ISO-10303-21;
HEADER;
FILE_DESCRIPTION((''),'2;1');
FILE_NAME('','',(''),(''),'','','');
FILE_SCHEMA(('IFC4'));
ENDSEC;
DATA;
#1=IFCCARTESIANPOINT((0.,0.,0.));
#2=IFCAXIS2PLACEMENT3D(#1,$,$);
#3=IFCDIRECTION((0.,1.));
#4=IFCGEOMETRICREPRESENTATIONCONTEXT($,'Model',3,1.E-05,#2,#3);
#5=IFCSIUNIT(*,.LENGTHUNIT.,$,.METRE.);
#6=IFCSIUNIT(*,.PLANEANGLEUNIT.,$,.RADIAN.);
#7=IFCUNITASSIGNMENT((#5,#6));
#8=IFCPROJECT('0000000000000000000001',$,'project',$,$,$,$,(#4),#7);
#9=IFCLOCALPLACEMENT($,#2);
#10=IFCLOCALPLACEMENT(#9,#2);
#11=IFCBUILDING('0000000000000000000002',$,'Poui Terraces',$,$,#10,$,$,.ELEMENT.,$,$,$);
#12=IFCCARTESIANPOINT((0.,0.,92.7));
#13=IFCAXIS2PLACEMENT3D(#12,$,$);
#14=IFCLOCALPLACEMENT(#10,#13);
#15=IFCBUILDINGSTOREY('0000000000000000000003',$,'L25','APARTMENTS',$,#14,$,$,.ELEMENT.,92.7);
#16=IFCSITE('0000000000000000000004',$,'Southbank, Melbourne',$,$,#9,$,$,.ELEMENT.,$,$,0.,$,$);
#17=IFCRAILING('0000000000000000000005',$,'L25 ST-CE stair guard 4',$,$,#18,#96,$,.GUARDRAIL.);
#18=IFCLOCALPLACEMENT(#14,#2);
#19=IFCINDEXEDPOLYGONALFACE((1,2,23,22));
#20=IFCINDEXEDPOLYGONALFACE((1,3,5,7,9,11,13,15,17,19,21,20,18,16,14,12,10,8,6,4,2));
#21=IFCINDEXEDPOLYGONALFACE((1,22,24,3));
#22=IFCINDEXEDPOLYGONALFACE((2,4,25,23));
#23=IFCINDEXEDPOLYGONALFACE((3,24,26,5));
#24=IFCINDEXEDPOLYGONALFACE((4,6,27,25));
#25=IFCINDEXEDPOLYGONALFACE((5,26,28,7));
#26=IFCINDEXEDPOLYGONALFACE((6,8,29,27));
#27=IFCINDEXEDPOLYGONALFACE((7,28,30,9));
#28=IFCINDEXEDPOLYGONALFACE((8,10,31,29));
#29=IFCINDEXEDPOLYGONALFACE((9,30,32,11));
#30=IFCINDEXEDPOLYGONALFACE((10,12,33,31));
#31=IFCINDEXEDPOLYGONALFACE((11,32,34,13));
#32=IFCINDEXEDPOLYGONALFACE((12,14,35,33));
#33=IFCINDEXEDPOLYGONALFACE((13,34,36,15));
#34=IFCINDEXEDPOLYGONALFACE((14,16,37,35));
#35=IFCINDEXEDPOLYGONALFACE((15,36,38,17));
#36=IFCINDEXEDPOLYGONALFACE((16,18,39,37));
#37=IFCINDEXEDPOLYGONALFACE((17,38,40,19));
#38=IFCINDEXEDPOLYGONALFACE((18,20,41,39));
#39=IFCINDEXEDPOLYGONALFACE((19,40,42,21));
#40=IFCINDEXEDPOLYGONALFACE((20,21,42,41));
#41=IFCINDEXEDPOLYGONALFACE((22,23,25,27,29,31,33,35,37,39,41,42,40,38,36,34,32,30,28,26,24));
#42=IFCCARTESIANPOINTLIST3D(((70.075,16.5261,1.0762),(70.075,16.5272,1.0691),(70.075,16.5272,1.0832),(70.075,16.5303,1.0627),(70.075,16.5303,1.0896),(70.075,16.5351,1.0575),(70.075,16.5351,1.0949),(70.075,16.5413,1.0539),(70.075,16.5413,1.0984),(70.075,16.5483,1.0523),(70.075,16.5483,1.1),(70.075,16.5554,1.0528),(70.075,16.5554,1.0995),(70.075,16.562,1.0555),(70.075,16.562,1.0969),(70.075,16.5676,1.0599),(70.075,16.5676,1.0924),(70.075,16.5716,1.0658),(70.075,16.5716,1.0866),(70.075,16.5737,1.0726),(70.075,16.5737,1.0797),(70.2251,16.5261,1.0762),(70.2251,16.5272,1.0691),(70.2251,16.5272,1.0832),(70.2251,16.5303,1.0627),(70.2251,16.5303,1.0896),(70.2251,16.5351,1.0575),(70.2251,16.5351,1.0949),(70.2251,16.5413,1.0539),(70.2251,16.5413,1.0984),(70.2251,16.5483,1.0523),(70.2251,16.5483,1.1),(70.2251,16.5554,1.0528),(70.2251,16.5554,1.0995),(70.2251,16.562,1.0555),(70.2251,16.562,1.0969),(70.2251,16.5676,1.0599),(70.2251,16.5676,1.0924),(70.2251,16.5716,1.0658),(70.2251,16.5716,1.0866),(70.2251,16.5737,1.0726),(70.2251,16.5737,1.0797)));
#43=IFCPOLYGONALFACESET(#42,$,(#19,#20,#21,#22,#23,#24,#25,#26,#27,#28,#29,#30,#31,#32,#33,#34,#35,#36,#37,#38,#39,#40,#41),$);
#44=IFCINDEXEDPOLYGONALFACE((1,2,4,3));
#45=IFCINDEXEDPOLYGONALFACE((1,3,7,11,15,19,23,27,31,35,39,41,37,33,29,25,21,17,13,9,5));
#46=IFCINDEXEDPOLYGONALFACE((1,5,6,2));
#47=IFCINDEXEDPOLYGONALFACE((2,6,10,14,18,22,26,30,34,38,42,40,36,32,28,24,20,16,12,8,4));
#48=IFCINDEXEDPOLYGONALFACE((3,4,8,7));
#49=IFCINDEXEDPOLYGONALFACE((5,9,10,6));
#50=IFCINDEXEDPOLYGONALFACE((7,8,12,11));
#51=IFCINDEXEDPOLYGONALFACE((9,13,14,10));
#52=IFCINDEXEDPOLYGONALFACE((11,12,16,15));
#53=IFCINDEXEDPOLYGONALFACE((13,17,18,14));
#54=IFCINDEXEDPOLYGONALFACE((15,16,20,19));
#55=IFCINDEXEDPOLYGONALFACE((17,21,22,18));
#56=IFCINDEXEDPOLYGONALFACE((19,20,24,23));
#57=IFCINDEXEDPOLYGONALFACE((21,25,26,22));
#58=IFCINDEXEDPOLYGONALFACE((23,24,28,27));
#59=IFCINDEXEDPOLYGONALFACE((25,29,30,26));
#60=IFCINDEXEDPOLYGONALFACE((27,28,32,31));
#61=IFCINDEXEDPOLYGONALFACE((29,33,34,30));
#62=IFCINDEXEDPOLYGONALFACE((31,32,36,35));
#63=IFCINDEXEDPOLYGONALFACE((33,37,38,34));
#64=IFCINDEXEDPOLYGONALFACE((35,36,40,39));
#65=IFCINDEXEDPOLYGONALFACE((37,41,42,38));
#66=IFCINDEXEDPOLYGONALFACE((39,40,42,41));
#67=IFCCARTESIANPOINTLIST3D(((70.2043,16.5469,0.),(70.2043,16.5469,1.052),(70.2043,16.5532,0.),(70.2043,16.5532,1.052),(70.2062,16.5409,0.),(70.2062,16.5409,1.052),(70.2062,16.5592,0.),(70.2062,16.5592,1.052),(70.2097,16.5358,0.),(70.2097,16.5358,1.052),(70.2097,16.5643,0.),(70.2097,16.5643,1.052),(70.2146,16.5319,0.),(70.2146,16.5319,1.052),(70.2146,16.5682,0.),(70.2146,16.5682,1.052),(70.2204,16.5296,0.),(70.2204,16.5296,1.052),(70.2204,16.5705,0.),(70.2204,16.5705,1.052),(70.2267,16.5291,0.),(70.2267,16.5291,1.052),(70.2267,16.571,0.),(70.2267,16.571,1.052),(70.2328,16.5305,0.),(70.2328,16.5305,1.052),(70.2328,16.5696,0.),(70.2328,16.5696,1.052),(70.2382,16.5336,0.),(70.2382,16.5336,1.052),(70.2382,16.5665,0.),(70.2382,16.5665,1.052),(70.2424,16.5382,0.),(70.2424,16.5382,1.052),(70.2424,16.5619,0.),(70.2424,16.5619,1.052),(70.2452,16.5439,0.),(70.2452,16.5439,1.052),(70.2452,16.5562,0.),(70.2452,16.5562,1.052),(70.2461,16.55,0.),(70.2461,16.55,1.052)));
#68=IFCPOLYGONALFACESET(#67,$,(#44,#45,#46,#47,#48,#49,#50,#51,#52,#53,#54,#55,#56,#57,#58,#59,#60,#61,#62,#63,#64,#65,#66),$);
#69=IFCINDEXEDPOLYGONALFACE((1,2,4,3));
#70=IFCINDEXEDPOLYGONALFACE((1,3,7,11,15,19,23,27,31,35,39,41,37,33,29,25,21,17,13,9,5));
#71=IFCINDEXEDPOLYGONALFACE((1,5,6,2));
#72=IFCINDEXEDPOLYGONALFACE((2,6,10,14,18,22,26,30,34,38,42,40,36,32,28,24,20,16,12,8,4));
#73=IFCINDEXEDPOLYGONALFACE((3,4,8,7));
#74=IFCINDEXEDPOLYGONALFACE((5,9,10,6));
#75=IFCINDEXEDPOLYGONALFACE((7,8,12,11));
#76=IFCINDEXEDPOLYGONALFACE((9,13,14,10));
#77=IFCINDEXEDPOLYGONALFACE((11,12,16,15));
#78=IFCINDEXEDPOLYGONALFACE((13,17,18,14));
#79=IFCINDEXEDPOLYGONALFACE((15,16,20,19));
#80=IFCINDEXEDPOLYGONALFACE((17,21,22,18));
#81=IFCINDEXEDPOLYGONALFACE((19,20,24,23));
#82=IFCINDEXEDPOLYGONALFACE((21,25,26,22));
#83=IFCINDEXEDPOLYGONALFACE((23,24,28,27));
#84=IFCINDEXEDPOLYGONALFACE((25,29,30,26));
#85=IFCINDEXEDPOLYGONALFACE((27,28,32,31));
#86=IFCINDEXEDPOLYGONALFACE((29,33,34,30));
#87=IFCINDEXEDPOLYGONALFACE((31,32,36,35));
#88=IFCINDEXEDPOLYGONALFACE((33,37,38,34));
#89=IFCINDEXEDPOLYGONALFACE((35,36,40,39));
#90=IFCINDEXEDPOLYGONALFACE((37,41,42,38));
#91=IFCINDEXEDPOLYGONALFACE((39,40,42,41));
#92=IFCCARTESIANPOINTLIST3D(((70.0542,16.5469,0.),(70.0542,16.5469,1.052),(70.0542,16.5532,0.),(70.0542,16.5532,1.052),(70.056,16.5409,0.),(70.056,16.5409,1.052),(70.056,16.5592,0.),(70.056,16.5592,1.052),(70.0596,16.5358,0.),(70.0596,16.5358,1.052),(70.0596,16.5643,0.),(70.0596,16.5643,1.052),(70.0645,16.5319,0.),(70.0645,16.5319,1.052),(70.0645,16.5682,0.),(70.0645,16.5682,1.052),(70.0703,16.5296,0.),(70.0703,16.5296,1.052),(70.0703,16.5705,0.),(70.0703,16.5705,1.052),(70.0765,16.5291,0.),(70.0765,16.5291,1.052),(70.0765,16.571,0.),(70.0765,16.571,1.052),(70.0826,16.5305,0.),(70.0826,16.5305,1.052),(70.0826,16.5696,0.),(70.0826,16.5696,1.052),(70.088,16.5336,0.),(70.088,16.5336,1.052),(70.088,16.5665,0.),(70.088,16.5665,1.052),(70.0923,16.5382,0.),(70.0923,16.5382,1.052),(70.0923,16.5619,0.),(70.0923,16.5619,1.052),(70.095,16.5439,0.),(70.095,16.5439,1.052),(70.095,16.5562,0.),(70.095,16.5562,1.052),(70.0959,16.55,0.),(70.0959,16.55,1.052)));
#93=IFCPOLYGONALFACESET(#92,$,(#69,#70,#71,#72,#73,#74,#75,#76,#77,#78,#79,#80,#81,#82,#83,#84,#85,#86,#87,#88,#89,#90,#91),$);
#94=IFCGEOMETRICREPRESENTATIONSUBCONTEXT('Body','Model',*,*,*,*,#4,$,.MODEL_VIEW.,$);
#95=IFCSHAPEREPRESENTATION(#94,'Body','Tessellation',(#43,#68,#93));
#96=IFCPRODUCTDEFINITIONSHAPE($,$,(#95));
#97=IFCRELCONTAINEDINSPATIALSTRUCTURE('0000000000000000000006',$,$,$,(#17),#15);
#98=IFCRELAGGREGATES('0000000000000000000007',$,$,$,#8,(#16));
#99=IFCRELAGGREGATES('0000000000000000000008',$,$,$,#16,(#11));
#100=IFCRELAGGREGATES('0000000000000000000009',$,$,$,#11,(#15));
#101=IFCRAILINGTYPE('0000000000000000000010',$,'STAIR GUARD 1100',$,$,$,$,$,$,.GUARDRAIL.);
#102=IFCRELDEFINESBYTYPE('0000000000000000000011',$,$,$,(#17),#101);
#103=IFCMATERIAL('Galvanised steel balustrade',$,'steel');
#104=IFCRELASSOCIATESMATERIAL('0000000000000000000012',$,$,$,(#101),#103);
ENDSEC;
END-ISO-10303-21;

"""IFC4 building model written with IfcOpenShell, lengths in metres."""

from ifc_helpers import new_model, si_unit, direction, frame, origin, origin_2d, place, context, subcontext, project, spatial, circle, extrude, material, type_object, element, save


model = new_model("IFC4")

# Units and contexts
model_context = context("Model", 3, precision=1e-05, world=origin(), true_north=direction((0.0, 1.0)))
body_context = subcontext(model_context, "Body", "Model", "MODEL_VIEW")
ifc_project = project(units=[si_unit("LENGTHUNIT", "METRE"), si_unit("PLANEANGLEUNIT", "RADIAN")], contexts=[model_context])

# Site, building, storey
site_placement = place(None, origin())
site = spatial("IfcSite", under=ifc_project, at=site_placement, Name="Southbank, Melbourne", CompositionType="ELEMENT", RefElevation=0.0)
building_placement = place(site_placement, origin())
building = spatial("IfcBuilding", under=site, at=building_placement, Name="Poui Terraces", CompositionType="ELEMENT")
storey_placement = place(building_placement, frame((0.0, 0.0, 92.7)))
storey = spatial("IfcBuildingStorey", under=building, at=storey_placement, Name="L25", Description="APARTMENTS", CompositionType="ELEMENT", Elevation=92.7)

# Railing
ifc_material_1 = material(Name="Galvanised steel balustrade", Category="steel")
railing_type_1 = type_object("IfcRailingType", Name="STAIR GUARD 1100", PredefinedType="GUARDRAIL", material=ifc_material_1)
railing_1_placement = place(storey_placement, frame((70.2251, 16.55, 0.0)))
element("IfcRailing", 1, at=railing_1_placement, inside=storey, type_object=railing_type_1, Name="L25 ST-CE stair guard 4", PredefinedType="GUARDRAIL", context=body_context, shape_type="SweptSolid", body=[
    extrude(circle(Radius=0.0239, at=origin_2d()), frame((0.0, 0.0, 1.0762), z_axis=(-1.0, 0.0, 0.0), x_axis=(0.0, -1.0, 0.0)), (0.0, 0.0, 1.0), 0.1501),
    extrude(circle(Radius=0.021, at=origin_2d()), origin(), (0.0, 0.0, 1.0), 1.052),
    extrude(circle(Radius=0.021, at=origin_2d()), frame((-0.1501, 0.0, 0.0)), (0.0, 0.0, 1.0), 1.052),
])

save(model, "model.ifc")
